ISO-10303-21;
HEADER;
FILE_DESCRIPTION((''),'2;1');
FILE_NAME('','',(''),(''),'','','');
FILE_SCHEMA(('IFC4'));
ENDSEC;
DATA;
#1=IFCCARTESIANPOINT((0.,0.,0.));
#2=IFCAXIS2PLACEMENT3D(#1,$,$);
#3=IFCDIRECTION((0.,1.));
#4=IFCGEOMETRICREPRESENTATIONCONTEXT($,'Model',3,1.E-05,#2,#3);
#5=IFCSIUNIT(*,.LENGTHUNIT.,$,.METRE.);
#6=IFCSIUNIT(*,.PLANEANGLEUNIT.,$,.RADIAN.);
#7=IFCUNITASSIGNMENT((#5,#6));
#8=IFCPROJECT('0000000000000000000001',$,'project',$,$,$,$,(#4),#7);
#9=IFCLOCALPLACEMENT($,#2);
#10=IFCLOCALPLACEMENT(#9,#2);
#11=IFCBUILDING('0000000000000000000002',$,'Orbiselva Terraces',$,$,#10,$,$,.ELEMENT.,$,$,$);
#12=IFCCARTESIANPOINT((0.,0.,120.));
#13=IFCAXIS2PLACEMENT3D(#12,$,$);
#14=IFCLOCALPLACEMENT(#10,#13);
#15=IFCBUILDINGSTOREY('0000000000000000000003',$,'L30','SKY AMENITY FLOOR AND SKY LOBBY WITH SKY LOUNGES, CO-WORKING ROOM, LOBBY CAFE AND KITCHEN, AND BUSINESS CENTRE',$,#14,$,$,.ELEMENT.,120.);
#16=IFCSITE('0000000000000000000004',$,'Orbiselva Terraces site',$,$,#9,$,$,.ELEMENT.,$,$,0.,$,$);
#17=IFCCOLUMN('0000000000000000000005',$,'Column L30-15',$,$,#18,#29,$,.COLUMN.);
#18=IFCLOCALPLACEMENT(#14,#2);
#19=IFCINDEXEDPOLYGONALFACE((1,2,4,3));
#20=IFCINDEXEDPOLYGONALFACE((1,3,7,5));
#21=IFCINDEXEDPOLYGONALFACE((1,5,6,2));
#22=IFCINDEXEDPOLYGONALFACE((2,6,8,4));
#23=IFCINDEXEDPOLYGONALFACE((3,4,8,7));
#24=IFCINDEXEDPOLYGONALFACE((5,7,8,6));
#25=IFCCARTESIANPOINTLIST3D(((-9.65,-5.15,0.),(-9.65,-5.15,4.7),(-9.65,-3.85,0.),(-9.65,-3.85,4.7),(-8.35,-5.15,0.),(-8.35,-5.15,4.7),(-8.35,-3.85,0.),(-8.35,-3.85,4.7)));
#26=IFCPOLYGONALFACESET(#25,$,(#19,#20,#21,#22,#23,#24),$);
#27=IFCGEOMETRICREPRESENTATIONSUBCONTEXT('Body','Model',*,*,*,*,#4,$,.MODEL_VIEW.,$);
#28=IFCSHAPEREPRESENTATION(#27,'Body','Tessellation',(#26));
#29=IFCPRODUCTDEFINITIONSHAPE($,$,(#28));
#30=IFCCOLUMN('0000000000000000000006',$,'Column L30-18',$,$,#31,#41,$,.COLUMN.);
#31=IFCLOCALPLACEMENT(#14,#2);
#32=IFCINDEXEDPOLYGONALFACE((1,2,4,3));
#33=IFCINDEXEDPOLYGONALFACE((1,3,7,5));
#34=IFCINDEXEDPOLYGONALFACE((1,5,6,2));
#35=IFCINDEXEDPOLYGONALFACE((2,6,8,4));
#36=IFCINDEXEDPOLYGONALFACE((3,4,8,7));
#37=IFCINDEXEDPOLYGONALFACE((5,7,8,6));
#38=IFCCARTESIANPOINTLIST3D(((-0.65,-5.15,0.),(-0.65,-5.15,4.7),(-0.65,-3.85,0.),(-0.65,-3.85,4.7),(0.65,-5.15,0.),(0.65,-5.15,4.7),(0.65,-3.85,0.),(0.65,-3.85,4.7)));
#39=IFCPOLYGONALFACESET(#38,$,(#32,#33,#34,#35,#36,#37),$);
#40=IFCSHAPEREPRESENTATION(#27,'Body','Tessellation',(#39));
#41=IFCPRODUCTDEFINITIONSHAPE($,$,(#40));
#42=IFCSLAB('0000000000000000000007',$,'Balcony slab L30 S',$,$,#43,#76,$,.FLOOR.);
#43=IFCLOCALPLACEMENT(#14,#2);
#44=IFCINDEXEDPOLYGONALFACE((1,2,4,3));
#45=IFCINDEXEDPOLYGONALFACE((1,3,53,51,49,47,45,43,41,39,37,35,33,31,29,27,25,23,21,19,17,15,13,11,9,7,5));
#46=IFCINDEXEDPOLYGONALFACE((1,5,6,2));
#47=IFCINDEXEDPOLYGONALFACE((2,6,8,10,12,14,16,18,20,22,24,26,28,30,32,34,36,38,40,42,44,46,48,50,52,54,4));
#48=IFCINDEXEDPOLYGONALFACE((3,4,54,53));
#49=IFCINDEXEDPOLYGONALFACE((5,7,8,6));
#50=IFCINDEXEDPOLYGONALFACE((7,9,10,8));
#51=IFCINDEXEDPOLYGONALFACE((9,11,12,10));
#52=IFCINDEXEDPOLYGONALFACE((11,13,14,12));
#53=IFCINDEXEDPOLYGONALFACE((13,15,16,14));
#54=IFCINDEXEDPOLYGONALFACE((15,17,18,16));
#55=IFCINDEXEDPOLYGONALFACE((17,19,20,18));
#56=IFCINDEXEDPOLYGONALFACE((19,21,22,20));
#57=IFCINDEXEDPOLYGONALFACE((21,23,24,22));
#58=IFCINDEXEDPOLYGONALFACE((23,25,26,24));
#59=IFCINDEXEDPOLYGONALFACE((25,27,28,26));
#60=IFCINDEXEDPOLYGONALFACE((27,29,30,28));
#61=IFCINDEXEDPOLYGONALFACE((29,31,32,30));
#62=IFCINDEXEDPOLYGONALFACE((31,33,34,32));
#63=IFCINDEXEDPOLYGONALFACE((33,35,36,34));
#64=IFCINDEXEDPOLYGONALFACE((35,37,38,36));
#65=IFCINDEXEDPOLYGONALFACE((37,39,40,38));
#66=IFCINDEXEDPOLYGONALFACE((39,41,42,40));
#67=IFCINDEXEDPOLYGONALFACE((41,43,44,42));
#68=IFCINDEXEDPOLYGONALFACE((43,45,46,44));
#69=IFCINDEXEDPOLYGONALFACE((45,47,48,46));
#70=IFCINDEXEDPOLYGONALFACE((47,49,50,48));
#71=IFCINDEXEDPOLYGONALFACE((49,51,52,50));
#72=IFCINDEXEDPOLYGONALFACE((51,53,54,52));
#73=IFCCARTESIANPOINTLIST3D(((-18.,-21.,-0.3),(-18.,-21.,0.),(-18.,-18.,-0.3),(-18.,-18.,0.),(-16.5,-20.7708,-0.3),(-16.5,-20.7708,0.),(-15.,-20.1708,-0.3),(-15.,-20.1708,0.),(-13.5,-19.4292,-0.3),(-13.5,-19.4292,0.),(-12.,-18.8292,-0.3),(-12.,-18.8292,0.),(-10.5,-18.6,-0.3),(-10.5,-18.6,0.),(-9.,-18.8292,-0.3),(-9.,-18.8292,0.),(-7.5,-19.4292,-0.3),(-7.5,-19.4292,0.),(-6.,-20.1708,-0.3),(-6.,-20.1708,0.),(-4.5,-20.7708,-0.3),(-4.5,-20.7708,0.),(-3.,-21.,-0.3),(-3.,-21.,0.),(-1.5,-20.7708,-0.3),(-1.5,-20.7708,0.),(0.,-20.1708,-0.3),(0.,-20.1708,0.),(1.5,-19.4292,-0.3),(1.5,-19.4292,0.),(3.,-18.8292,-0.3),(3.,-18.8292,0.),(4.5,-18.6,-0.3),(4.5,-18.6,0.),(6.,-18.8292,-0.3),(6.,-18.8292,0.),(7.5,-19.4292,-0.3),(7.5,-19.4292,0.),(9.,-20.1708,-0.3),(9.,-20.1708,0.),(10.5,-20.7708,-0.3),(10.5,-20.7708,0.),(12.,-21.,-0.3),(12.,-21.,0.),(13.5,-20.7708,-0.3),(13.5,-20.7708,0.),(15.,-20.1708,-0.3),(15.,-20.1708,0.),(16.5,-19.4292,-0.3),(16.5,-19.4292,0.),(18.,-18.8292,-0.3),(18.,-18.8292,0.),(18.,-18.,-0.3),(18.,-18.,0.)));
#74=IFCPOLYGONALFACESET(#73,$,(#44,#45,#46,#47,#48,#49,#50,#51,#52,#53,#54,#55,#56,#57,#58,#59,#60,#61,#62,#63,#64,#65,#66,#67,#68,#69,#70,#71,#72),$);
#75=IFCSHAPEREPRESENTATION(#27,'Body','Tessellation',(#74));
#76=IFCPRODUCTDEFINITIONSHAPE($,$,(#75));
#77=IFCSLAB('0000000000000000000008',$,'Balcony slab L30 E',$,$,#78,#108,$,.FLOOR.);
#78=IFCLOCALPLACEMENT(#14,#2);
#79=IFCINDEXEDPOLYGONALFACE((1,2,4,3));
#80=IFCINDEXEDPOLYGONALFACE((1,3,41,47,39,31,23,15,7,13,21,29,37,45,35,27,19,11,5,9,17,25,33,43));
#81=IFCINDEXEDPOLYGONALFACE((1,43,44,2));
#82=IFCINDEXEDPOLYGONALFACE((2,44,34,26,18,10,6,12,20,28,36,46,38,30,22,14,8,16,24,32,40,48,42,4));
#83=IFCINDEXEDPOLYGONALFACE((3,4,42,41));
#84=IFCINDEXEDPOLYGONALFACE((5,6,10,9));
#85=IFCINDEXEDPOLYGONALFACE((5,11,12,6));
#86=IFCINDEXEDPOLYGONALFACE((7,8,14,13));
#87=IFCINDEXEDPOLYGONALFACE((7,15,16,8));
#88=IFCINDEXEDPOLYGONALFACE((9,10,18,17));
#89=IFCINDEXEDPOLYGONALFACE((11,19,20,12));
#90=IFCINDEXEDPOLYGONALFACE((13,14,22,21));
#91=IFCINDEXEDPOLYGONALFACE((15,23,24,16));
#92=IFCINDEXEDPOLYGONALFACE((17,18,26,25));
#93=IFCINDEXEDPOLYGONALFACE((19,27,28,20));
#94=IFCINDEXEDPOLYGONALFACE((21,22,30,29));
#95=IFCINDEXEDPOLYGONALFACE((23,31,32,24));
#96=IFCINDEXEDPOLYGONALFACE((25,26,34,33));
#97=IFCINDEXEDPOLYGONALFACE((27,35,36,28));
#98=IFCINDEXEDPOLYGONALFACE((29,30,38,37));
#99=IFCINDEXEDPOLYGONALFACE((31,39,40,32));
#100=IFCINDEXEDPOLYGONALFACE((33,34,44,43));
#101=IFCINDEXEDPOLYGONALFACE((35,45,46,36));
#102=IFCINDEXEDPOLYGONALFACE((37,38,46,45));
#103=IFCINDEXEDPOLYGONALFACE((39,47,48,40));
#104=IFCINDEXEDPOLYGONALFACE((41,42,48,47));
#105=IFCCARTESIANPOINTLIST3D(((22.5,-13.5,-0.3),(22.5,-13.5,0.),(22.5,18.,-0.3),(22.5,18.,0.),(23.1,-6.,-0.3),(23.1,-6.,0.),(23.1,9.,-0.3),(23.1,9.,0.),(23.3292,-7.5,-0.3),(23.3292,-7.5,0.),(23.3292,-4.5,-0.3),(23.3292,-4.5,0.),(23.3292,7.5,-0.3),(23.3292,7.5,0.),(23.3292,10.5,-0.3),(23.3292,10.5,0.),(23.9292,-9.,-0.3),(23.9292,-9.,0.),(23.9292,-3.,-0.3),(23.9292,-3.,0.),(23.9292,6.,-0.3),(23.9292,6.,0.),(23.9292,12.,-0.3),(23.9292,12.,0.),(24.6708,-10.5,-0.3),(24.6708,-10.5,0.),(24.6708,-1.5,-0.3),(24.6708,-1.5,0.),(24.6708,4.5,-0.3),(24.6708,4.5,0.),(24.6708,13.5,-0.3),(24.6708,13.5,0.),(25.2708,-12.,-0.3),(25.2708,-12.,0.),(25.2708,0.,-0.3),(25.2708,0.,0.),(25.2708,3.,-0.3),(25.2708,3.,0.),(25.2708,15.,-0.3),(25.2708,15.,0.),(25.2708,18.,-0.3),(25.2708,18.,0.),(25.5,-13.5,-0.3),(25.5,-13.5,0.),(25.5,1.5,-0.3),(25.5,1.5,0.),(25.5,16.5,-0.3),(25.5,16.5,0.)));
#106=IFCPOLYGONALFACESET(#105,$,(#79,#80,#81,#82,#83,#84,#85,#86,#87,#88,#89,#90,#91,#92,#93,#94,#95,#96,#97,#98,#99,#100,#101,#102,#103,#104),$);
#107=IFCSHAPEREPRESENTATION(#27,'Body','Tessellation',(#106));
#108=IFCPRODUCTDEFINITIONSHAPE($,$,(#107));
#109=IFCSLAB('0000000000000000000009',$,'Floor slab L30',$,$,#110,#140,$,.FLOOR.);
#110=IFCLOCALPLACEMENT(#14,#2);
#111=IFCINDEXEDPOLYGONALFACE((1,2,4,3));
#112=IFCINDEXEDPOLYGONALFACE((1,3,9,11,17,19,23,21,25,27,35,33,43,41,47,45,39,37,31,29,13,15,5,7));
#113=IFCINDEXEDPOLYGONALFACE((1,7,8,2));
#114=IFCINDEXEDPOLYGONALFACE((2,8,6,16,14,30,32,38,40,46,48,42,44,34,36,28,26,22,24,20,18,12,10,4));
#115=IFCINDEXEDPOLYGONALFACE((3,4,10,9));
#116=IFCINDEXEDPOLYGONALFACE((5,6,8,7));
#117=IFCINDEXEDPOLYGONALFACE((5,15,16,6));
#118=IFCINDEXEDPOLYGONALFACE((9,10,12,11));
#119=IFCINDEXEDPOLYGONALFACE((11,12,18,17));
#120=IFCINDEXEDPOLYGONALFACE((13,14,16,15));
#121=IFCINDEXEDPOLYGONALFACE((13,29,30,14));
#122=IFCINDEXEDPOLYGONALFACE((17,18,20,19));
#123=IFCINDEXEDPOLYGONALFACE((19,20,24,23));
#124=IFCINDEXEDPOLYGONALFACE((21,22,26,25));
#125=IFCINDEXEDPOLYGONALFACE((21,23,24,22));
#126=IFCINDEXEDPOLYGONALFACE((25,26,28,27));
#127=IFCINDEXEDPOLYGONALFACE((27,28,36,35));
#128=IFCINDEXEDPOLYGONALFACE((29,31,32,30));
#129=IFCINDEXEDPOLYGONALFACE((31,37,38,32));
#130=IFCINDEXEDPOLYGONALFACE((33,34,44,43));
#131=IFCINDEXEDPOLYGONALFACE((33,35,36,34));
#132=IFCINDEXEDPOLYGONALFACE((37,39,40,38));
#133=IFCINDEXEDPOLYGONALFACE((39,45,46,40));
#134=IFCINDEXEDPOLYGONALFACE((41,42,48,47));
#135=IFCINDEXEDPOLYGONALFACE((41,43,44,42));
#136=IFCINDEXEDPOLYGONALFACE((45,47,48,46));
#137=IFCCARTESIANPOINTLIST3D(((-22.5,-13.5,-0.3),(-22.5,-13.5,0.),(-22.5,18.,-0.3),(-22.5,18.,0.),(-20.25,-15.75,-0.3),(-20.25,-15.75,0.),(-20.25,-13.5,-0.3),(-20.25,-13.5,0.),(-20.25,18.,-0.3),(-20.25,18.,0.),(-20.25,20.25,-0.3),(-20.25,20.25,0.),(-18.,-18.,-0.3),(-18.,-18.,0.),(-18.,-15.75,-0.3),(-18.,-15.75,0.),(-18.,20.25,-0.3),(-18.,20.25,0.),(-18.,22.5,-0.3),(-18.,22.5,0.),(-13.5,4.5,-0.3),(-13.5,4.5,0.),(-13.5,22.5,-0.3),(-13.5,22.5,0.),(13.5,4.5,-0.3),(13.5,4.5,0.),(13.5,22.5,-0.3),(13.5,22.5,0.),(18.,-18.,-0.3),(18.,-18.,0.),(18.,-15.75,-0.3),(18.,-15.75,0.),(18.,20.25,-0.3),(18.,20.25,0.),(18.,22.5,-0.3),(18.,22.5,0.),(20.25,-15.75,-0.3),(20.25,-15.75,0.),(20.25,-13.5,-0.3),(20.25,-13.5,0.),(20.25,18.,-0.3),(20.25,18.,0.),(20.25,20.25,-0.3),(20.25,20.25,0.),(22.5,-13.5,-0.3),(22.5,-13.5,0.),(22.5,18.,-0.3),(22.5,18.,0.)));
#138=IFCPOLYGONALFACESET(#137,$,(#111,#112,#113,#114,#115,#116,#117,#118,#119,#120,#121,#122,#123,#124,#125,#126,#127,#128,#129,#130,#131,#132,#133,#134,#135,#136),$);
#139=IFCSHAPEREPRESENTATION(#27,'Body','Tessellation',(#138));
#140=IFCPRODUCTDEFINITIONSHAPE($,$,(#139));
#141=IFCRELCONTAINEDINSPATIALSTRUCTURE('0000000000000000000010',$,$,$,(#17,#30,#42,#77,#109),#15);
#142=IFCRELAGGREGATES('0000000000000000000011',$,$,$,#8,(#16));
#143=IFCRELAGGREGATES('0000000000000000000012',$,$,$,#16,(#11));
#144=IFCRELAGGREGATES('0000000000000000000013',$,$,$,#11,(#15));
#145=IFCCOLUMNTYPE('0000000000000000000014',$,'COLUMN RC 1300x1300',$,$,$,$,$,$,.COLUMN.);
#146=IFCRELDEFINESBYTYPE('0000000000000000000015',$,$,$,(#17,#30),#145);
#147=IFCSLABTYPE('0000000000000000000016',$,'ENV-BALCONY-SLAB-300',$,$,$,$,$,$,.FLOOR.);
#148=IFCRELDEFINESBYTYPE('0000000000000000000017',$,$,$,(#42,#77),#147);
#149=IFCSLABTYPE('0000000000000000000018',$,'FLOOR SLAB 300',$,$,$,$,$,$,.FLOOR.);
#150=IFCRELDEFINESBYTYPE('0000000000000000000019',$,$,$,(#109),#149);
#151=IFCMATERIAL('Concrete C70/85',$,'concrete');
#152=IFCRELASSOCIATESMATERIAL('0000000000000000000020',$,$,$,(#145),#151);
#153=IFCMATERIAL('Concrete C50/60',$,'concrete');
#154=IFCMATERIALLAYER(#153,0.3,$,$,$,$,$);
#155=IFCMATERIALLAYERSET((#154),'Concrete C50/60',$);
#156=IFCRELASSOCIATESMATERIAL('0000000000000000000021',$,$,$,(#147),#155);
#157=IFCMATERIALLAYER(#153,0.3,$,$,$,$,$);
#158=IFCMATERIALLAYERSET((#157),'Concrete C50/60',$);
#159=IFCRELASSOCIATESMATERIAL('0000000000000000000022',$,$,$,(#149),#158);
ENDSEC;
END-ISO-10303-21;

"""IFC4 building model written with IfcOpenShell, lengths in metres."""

from ifc_helpers import new_model, si_unit, direction, frame, origin, origin_2d, place, context, subcontext, project, spatial, polyline, rectangle, outline, extrude, material, layer, layer_set, material_profile, profile_set, type_object, element, save


model = new_model("IFC4")

# Units and contexts
model_context = context("Model", 3, precision=1e-05, world=origin(), true_north=direction((0.0, 1.0)))
body_context = subcontext(model_context, "Body", "Model", "MODEL_VIEW")
ifc_project = project(units=[si_unit("LENGTHUNIT", "METRE"), si_unit("PLANEANGLEUNIT", "RADIAN")], contexts=[model_context])

# Site, building, storey
site_placement = place(None, origin())
site = spatial("IfcSite", under=ifc_project, at=site_placement, Name="Orbiselva Terraces site", CompositionType="ELEMENT", RefElevation=0.0)
building_placement = place(site_placement, origin())
building = spatial("IfcBuilding", under=site, at=building_placement, Name="Orbiselva Terraces", CompositionType="ELEMENT")
storey_placement = place(building_placement, frame((0.0, 0.0, 120.0)))
storey = spatial("IfcBuildingStorey", under=building, at=storey_placement, Name="L30", Description="SKY AMENITY FLOOR AND SKY LOBBY WITH SKY LOUNGES, CO-WORKING ROOM, LOBBY CAFE AND KITCHEN, AND BUSINESS CENTRE", CompositionType="ELEMENT", Elevation=120.0)

# Columns
ifc_material_1 = material(Name="Concrete C70/85", Category="concrete")
ifc_material_profile = material_profile(ifc_material_1, rectangle(XDim=1.3, YDim=1.3, at=origin_2d()), Name="RC 1300x1300")
ifc_profile_set = profile_set([ifc_material_profile], Name="Concrete C70/85")
column_type = type_object("IfcColumnType", Name="COLUMN RC 1300x1300", PredefinedType="COLUMN", material=ifc_profile_set)
for number, where, z_axis, x_axis, name in (
    (1, (-9.0, -4.5, 0.0), (0.0, 0.0, 1.0), (1.0, 0.0, 0.0), "Column L30-15"),
    (2, (0.0, -4.5, 0.0), (0.0, 0.0, 1.0), (1.0, 0.0, 0.0), "Column L30-18"),
):
    element("IfcColumn", number, at=place(storey_placement, frame(where, z_axis=z_axis, x_axis=x_axis)), inside=storey, type_object=column_type, Name=name, PredefinedType="COLUMN", context=body_context, shape_type="SweptSolid", body=[
        extrude(rectangle(XDim=1.3, YDim=1.3, at=origin_2d()), origin(), (0.0, 0.0, 1.0), 4.7),
    ])

# Slabs
ifc_material_2 = material(Name="Concrete C50/60", Category="concrete")
ifc_layer_1 = layer(ifc_material_2, 0.3)
ifc_layer_set_1 = layer_set([ifc_layer_1], Name="Concrete C50/60")
slab_type_1 = type_object("IfcSlabType", Name="ENV-BALCONY-SLAB-300", PredefinedType="FLOOR", material=ifc_layer_set_1)
slab_1_placement = place(storey_placement, frame((0.0, 0.0, -0.3)))
element("IfcSlab", 3, at=slab_1_placement, inside=storey, type_object=slab_type_1, Name="Balcony slab L30 S", PredefinedType="FLOOR", context=body_context, shape_type="SweptSolid", body=[
    extrude(outline(polyline([(-18.0, -21.0), (-16.5, -20.7708), (-15.0, -20.1708), (-13.5, -19.4292), (-12.0, -18.8292), (-10.5, -18.6), (-9.0, -18.8292), (-7.5, -19.4292), (-6.0, -20.1708), (-4.5, -20.7708), (-3.0, -21.0), (-1.5, -20.7708), (0.0, -20.1708), (1.5, -19.4292), (3.0, -18.8292), (4.5, -18.6), (6.0, -18.8292), (7.5, -19.4292), (9.0, -20.1708), (10.5, -20.7708), (12.0, -21.0), (13.5, -20.7708), (15.0, -20.1708), (16.5, -19.4292), (18.0, -18.8292), (18.0, -18.0), (-18.0, -18.0), (-18.0, -21.0)])), origin(), (0.0, 0.0, 1.0), 0.3),
])
slab_2_placement = place(storey_placement, frame((0.0, 0.0, -0.3)))
element("IfcSlab", 4, at=slab_2_placement, inside=storey, type_object=slab_type_1, Name="Balcony slab L30 E", PredefinedType="FLOOR", context=body_context, shape_type="SweptSolid", body=[
    extrude(outline(polyline([(25.5, -13.5), (25.2708, -12.0), (24.6708, -10.5), (23.9292, -9.0), (23.3292, -7.5), (23.1, -6.0), (23.3292, -4.5), (23.9292, -3.0), (24.6708, -1.5), (25.2708, 0.0), (25.5, 1.5), (25.2708, 3.0), (24.6708, 4.5), (23.9292, 6.0), (23.3292, 7.5), (23.1, 9.0), (23.3292, 10.5), (23.9292, 12.0), (24.6708, 13.5), (25.2708, 15.0), (25.5, 16.5), (25.2708, 18.0), (22.5, 18.0), (22.5, -13.5), (25.5, -13.5)])), origin(), (0.0, 0.0, 1.0), 0.3),
])
ifc_layer_2 = layer(ifc_material_2, 0.3)
ifc_layer_set_2 = layer_set([ifc_layer_2], Name="Concrete C50/60")
slab_type_2 = type_object("IfcSlabType", Name="FLOOR SLAB 300", PredefinedType="FLOOR", material=ifc_layer_set_2)
slab_3_placement = place(storey_placement, frame((0.0, 0.0, -0.3)))
element("IfcSlab", 5, at=slab_3_placement, inside=storey, type_object=slab_type_2, Name="Floor slab L30", PredefinedType="FLOOR", context=body_context, shape_type="SweptSolid", body=[
    extrude(outline(polyline([(18.0, 22.5), (18.0, 20.25), (20.25, 20.25), (20.25, 18.0), (22.5, 18.0), (22.5, -13.5), (20.25, -13.5), (20.25, -15.75), (18.0, -15.75), (18.0, -18.0), (-18.0, -18.0), (-18.0, -15.75), (-20.25, -15.75), (-20.25, -13.5), (-22.5, -13.5), (-22.5, 18.0), (-20.25, 18.0), (-20.25, 20.25), (-18.0, 20.25), (-18.0, 22.5), (-13.5, 22.5), (-13.5, 4.5), (13.5, 4.5), (13.5, 22.5), (18.0, 22.5)])), origin(), (0.0, 0.0, 1.0), 0.3),
])

save(model, "model.ifc")
